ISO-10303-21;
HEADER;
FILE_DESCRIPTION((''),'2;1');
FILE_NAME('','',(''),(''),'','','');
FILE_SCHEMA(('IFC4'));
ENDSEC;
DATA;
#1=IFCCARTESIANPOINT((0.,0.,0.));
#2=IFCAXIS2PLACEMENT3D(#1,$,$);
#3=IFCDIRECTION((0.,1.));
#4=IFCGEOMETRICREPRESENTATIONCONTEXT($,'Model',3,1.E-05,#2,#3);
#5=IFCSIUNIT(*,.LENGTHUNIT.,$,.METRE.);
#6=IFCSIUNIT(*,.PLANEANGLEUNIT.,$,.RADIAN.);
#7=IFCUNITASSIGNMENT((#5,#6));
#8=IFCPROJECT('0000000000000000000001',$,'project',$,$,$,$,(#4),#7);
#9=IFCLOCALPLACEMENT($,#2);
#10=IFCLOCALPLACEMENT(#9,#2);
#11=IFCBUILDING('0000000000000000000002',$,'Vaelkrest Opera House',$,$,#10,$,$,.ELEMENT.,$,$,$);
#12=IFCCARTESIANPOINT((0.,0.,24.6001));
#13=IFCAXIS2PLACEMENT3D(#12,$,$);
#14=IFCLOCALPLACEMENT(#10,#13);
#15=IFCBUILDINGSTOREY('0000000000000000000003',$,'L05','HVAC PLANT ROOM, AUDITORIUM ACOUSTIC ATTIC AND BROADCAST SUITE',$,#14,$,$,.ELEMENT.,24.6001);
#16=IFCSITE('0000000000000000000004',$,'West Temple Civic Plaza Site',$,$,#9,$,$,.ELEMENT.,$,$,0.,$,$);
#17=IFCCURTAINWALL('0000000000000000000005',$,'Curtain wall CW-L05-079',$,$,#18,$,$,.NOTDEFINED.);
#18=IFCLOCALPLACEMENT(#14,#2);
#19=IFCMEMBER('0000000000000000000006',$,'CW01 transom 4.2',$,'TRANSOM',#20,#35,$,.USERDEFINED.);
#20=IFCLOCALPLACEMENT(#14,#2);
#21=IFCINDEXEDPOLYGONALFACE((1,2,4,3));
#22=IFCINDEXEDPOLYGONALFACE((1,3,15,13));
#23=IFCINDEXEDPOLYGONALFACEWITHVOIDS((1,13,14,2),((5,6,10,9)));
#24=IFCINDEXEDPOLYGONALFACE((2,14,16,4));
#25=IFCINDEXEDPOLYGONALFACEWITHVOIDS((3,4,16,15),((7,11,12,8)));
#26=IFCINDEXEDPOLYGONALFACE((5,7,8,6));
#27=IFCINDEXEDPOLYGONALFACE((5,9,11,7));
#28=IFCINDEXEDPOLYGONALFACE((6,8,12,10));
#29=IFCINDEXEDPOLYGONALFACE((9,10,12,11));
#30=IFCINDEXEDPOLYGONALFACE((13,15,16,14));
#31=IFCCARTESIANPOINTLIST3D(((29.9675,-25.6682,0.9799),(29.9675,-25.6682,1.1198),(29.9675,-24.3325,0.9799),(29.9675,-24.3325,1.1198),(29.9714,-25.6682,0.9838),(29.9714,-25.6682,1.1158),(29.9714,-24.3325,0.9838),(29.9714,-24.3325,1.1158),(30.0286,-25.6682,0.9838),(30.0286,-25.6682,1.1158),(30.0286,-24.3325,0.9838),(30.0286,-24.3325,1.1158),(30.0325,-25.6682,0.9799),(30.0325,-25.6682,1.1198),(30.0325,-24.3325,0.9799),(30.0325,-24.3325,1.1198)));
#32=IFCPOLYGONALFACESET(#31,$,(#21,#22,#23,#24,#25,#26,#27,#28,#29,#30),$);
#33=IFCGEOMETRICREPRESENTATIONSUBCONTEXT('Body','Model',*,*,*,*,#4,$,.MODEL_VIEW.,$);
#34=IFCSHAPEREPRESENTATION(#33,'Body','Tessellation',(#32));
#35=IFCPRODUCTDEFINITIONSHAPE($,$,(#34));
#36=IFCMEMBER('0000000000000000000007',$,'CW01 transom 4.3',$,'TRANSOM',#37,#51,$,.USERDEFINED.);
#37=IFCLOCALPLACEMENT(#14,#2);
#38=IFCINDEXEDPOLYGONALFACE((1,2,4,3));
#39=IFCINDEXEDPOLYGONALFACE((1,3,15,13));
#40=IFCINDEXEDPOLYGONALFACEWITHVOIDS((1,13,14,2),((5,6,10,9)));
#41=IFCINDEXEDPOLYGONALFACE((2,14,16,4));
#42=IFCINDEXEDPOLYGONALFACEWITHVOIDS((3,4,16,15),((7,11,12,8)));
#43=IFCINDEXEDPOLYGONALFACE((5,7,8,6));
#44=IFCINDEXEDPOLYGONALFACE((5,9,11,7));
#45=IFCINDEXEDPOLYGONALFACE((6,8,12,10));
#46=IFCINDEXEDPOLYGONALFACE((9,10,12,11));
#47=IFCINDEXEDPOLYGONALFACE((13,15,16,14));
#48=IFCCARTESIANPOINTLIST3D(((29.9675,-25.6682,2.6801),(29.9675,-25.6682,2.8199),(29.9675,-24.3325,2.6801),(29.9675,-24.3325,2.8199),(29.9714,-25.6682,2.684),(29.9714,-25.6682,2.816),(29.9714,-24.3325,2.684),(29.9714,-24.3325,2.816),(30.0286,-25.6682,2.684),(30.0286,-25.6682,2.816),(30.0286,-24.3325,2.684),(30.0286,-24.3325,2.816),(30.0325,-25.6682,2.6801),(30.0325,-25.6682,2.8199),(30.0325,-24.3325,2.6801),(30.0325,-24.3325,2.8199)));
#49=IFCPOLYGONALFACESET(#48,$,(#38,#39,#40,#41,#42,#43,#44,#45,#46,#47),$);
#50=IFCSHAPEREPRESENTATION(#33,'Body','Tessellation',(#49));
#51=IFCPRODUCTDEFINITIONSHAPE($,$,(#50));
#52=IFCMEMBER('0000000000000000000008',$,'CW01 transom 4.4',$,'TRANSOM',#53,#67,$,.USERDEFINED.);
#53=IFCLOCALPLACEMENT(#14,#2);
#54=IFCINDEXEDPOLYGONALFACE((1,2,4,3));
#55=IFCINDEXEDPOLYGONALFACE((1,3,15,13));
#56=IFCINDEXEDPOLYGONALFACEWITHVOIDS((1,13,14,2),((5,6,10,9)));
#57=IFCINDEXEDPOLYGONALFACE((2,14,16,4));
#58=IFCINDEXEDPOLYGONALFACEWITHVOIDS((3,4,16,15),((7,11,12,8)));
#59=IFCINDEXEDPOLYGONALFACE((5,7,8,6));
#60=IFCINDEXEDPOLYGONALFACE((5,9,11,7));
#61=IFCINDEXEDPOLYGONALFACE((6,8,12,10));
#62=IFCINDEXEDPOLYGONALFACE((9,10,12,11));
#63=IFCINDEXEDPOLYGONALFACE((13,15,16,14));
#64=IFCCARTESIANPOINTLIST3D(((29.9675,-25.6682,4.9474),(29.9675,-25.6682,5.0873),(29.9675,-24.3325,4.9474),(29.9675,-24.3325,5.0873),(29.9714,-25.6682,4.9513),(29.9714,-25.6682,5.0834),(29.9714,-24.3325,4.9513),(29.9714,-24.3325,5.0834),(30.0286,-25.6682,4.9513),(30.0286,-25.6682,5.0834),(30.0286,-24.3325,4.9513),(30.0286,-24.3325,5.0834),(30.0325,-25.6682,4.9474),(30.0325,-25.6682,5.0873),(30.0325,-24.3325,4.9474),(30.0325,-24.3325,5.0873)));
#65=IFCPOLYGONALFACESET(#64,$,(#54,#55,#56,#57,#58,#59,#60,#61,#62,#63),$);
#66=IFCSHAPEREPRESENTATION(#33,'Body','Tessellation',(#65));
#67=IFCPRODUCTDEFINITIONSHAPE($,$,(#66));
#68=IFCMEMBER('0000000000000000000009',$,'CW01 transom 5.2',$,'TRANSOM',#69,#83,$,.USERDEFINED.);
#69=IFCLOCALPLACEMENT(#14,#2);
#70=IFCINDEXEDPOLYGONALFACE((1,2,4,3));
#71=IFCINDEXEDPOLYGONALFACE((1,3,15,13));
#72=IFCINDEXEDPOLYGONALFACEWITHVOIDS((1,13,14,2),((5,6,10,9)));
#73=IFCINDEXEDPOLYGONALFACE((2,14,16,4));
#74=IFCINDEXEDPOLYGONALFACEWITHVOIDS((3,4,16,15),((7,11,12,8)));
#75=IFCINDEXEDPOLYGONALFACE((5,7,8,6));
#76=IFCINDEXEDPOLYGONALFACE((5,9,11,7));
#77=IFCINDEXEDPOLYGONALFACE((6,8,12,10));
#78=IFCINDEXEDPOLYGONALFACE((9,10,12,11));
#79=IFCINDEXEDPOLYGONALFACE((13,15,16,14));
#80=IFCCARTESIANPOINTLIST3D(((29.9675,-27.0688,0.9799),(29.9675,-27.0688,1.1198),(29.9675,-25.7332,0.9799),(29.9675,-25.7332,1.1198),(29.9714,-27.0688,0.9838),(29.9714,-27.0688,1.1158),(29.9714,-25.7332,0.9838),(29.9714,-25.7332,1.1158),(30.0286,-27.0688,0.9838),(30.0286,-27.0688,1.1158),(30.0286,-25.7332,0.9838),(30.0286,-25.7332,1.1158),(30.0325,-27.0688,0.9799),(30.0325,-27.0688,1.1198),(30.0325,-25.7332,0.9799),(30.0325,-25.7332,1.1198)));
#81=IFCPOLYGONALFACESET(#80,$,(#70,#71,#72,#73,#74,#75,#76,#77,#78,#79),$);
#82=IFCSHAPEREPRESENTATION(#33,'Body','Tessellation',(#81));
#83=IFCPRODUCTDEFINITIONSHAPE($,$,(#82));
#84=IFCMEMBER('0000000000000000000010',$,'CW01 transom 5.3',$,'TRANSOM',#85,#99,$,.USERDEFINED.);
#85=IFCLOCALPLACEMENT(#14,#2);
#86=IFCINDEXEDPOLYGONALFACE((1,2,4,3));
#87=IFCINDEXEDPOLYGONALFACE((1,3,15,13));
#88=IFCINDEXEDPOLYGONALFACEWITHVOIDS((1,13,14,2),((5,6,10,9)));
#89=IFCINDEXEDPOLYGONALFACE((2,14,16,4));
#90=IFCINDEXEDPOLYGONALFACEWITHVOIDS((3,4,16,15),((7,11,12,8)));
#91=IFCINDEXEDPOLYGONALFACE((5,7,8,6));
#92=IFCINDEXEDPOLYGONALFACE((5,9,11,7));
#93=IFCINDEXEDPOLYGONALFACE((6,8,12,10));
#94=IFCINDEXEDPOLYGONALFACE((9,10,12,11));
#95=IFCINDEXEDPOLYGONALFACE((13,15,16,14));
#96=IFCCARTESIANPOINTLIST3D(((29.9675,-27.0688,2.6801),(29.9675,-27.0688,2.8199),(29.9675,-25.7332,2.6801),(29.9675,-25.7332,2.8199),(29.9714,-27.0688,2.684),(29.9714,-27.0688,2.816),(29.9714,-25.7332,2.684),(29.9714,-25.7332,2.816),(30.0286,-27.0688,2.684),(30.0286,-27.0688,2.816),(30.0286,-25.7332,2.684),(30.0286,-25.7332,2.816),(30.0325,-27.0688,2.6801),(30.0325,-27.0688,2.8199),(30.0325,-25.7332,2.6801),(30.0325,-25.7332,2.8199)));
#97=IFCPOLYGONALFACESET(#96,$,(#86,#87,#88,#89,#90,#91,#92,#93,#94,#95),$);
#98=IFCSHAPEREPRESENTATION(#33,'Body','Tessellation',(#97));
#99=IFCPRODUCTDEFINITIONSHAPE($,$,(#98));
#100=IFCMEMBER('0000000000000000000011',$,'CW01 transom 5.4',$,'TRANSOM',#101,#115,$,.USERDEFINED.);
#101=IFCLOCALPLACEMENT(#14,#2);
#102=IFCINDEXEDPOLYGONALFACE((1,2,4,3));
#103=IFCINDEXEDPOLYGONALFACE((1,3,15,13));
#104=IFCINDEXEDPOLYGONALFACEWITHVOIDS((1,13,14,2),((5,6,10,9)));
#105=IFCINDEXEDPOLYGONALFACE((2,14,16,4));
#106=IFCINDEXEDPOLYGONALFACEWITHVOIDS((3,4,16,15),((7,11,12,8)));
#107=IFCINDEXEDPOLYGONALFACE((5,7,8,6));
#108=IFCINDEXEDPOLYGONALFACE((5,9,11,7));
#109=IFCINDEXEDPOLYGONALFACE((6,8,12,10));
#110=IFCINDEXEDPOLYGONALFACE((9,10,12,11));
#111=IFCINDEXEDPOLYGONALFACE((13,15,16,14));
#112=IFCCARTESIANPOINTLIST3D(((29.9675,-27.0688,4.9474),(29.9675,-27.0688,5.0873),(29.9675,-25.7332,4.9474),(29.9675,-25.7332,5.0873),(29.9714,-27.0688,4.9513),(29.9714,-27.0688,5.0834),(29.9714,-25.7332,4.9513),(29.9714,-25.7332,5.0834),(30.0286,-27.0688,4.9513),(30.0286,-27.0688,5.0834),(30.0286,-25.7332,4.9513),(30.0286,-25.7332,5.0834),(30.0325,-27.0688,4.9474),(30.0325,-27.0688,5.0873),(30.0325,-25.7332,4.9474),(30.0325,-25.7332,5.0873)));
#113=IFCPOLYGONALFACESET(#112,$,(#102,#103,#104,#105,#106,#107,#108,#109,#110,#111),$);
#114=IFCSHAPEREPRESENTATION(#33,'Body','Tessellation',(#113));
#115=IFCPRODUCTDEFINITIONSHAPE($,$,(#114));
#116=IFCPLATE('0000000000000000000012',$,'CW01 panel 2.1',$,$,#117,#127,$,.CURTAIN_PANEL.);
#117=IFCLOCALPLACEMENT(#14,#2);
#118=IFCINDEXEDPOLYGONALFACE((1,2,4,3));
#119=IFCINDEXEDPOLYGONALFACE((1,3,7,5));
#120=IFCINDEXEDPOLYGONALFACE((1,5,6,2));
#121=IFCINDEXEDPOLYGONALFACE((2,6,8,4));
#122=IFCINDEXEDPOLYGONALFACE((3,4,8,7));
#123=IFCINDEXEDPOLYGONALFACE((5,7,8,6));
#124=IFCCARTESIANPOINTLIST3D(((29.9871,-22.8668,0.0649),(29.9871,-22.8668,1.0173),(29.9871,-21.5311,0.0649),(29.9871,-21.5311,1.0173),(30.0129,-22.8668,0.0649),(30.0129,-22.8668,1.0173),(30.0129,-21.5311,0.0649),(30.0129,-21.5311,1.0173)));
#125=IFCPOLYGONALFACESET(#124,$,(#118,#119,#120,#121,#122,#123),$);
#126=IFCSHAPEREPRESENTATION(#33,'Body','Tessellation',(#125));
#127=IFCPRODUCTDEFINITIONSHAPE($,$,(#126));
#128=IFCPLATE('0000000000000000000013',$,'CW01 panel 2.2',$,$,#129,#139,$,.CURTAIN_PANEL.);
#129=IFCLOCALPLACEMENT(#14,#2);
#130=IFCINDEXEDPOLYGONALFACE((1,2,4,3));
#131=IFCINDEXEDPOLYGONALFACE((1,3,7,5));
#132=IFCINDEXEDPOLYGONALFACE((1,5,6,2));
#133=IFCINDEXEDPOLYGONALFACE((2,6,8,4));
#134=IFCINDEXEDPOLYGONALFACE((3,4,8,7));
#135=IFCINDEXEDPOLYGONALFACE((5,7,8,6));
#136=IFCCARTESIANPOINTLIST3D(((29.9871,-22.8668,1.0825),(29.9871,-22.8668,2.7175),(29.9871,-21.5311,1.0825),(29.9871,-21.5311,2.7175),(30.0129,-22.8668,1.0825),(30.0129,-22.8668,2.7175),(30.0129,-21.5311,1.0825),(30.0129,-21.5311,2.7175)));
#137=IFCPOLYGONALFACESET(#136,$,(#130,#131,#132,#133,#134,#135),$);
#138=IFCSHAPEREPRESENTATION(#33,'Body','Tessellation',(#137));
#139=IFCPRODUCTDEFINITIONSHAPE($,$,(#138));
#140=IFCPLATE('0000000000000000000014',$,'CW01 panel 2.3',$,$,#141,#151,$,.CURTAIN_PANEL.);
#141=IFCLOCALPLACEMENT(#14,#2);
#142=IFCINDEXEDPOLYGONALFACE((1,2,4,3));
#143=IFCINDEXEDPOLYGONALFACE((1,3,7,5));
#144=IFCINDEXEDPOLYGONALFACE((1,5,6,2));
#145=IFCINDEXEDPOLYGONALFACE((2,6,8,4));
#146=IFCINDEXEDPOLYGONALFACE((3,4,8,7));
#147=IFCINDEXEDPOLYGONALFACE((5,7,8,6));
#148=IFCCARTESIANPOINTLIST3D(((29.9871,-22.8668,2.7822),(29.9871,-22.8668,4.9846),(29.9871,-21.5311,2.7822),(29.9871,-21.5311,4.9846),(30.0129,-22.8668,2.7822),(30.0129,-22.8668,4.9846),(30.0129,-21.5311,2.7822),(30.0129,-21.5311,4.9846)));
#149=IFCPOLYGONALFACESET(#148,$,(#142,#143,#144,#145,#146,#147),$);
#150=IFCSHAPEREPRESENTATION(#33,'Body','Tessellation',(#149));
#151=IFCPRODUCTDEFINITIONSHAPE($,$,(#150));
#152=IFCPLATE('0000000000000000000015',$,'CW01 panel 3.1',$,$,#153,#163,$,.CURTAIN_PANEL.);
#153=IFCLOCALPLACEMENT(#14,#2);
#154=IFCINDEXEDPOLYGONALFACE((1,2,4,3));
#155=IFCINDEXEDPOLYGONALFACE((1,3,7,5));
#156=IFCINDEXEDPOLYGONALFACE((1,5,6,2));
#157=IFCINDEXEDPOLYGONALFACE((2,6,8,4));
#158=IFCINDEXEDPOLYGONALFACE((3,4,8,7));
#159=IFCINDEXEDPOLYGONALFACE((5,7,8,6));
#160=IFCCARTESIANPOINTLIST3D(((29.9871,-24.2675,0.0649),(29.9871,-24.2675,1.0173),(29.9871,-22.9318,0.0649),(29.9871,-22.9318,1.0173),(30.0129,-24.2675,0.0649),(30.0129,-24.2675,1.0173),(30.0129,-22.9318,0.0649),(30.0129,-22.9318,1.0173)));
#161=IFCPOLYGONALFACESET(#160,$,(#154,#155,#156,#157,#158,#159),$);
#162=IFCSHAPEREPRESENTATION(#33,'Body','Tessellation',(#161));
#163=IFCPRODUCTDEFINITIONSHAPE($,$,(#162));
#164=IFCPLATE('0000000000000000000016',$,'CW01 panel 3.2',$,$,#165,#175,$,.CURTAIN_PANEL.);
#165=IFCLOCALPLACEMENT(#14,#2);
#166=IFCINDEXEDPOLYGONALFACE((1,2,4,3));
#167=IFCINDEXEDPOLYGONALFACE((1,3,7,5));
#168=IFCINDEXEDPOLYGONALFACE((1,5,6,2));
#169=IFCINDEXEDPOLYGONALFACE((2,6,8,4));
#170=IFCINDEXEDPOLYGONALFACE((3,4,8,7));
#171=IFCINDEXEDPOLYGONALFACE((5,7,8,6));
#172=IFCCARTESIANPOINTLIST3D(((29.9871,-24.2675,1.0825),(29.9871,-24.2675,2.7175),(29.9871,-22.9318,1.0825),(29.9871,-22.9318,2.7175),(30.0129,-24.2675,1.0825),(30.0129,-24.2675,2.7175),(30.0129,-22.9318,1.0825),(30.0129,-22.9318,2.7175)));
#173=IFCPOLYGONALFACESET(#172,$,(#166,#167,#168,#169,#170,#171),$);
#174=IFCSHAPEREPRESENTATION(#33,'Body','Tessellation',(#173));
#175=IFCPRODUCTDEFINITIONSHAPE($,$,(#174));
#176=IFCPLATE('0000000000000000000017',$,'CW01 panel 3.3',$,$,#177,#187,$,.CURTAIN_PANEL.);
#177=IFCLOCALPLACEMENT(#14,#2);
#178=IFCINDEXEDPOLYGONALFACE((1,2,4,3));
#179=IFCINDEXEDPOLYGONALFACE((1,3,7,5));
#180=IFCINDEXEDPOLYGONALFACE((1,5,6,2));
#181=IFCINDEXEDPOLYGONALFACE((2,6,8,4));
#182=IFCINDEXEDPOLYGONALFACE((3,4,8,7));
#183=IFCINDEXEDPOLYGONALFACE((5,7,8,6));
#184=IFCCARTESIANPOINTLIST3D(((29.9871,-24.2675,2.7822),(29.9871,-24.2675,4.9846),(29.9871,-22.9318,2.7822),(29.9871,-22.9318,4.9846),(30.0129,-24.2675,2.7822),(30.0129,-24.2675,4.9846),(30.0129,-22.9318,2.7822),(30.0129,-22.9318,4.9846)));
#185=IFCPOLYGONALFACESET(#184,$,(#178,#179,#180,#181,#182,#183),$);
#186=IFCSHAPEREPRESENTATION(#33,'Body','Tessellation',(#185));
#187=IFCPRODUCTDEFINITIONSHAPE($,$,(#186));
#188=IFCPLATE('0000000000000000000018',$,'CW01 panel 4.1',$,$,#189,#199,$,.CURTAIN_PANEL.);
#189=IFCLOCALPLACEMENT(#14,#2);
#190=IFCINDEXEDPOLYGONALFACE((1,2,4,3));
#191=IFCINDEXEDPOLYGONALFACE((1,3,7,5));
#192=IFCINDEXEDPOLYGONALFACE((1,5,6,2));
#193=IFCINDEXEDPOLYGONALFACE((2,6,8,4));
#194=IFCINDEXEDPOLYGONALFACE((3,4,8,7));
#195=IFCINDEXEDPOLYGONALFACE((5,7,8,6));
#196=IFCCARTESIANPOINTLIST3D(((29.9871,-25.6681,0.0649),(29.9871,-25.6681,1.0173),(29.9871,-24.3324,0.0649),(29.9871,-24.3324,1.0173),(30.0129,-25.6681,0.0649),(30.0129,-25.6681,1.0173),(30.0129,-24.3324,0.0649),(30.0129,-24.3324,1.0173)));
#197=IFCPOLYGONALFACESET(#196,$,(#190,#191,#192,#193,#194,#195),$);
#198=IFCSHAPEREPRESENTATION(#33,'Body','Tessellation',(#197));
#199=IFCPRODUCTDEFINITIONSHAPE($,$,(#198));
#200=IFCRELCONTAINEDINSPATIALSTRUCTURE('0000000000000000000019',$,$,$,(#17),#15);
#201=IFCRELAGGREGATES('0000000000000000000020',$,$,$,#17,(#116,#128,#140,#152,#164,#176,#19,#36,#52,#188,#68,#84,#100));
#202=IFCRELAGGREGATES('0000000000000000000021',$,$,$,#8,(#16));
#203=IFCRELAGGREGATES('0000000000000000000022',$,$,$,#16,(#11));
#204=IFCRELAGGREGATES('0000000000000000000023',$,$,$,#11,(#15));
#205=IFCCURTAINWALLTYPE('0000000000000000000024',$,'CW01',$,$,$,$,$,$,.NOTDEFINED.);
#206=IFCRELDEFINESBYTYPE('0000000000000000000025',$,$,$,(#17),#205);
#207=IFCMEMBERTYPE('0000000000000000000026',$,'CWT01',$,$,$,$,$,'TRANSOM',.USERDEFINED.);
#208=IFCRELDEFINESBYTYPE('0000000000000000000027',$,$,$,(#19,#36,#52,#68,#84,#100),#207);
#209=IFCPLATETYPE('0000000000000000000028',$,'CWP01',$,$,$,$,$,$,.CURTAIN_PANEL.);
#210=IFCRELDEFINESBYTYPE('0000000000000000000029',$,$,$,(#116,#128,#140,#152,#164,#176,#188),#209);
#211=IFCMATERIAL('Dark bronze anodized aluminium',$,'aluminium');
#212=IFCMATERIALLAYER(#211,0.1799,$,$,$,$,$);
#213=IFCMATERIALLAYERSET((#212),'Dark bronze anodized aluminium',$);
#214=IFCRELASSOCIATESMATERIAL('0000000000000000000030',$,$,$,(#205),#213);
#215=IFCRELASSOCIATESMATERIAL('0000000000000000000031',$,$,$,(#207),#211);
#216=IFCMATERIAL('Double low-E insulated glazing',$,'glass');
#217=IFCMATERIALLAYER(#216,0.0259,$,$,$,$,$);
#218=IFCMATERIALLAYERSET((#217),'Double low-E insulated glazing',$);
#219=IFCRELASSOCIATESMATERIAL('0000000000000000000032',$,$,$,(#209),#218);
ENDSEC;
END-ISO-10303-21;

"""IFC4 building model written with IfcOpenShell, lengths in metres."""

from ifc_helpers import new_model, si_unit, direction, frame, origin, origin_2d, place, context, subcontext, project, spatial, rectangle, hollow_rectangle, extrude, material, layer, layer_set, material_profile, profile_set, type_object, element, aggregate, save


model = new_model("IFC4")

# Units and contexts
model_context = context("Model", 3, precision=1e-05, world=origin(), true_north=direction((0.0, 1.0)))
body_context = subcontext(model_context, "Body", "Model", "MODEL_VIEW")
ifc_project = project(units=[si_unit("LENGTHUNIT", "METRE"), si_unit("PLANEANGLEUNIT", "RADIAN")], contexts=[model_context])

# Site, building, storey
site_placement = place(None, origin())
site = spatial("IfcSite", under=ifc_project, at=site_placement, Name="West Temple Civic Plaza Site", CompositionType="ELEMENT", RefElevation=0.0)
building_placement = place(site_placement, origin())
building = spatial("IfcBuilding", under=site, at=building_placement, Name="Vaelkrest Opera House", CompositionType="ELEMENT")
storey_placement = place(building_placement, frame((0.0, 0.0, 24.6001)))
storey = spatial("IfcBuildingStorey", under=building, at=storey_placement, Name="L05", Description="HVAC PLANT ROOM, AUDITORIUM ACOUSTIC ATTIC AND BROADCAST SUITE", CompositionType="ELEMENT", Elevation=24.6001)

# Curtain wall, members, plates
ifc_material_1 = material(Name="Dark bronze anodized aluminium", Category="aluminium")
ifc_layer_1 = layer(ifc_material_1, 0.1799)
ifc_layer_set_1 = layer_set([ifc_layer_1], Name="Dark bronze anodized aluminium")
curtain_wall_type = type_object("IfcCurtainWallType", Name="CW01", PredefinedType="NOTDEFINED", material=ifc_layer_set_1)
curtain_wall_placement = place(storey_placement, origin())
curtain_wall = element("IfcCurtainWall", 1, at=curtain_wall_placement, inside=storey, type_object=curtain_wall_type, Name="Curtain wall CW-L05-079", PredefinedType="NOTDEFINED")
ifc_material_profile_1 = material_profile(ifc_material_1, hollow_rectangle(XDim=0.0649, YDim=0.1399, WallThickness=0.0039, at=origin_2d()), Name="CWT65X140")
ifc_profile_set_1 = profile_set([ifc_material_profile_1], Name="Dark bronze anodized aluminium")
member_type_1 = type_object("IfcMemberType", Name="CWT01", ElementType="TRANSOM", PredefinedType="USERDEFINED", material=ifc_profile_set_1)
member_1_placement = place(storey_placement, frame((30.0, -24.3325, 1.0498), z_axis=(0.0, -1.0, 0.0), x_axis=(1.0, 0.0, 0.0)))
member_1 = element("IfcMember", 2, at=member_1_placement, type_object=member_type_1, Name="CW01 transom 4.2", ObjectType="TRANSOM", PredefinedType="USERDEFINED", context=body_context, shape_type="SweptSolid", body=[
    extrude(hollow_rectangle(XDim=0.0649, YDim=0.1399, WallThickness=0.0039, at=origin_2d()), origin(), (0.0, 0.0, 1.0), 1.3357),
])
member_2_placement = place(storey_placement, frame((30.0, -24.3325, 2.75), z_axis=(0.0, -1.0, 0.0), x_axis=(1.0, 0.0, 0.0)))
member_2 = element("IfcMember", 3, at=member_2_placement, type_object=member_type_1, Name="CW01 transom 4.3", ObjectType="TRANSOM", PredefinedType="USERDEFINED", context=body_context, shape_type="SweptSolid", body=[
    extrude(hollow_rectangle(XDim=0.0649, YDim=0.1399, WallThickness=0.0039, at=origin_2d()), origin(), (0.0, 0.0, 1.0), 1.3357),
])
member_3_placement = place(storey_placement, frame((30.0, -24.3325, 5.0173), z_axis=(0.0, -1.0, 0.0), x_axis=(1.0, 0.0, 0.0)))
member_3 = element("IfcMember", 4, at=member_3_placement, type_object=member_type_1, Name="CW01 transom 4.4", ObjectType="TRANSOM", PredefinedType="USERDEFINED", context=body_context, shape_type="SweptSolid", body=[
    extrude(hollow_rectangle(XDim=0.0649, YDim=0.1399, WallThickness=0.0039, at=origin_2d()), origin(), (0.0, 0.0, 1.0), 1.3357),
])
member_4_placement = place(storey_placement, frame((30.0, -25.7332, 1.0498), z_axis=(0.0, -1.0, 0.0), x_axis=(1.0, 0.0, 0.0)))
member_4 = element("IfcMember", 5, at=member_4_placement, type_object=member_type_1, Name="CW01 transom 5.2", ObjectType="TRANSOM", PredefinedType="USERDEFINED", context=body_context, shape_type="SweptSolid", body=[
    extrude(hollow_rectangle(XDim=0.0649, YDim=0.1399, WallThickness=0.0039, at=origin_2d()), origin(), (0.0, 0.0, 1.0), 1.3357),
])
member_5_placement = place(storey_placement, frame((30.0, -25.7332, 2.75), z_axis=(0.0, -1.0, 0.0), x_axis=(1.0, 0.0, 0.0)))
member_5 = element("IfcMember", 6, at=member_5_placement, type_object=member_type_1, Name="CW01 transom 5.3", ObjectType="TRANSOM", PredefinedType="USERDEFINED", context=body_context, shape_type="SweptSolid", body=[
    extrude(hollow_rectangle(XDim=0.0649, YDim=0.1399, WallThickness=0.0039, at=origin_2d()), origin(), (0.0, 0.0, 1.0), 1.3357),
])
member_6_placement = place(storey_placement, frame((30.0, -25.7332, 5.0173), z_axis=(0.0, -1.0, 0.0), x_axis=(1.0, 0.0, 0.0)))
member_6 = element("IfcMember", 7, at=member_6_placement, type_object=member_type_1, Name="CW01 transom 5.4", ObjectType="TRANSOM", PredefinedType="USERDEFINED", context=body_context, shape_type="SweptSolid", body=[
    extrude(hollow_rectangle(XDim=0.0649, YDim=0.1399, WallThickness=0.0039, at=origin_2d()), origin(), (0.0, 0.0, 1.0), 1.3357),
])
ifc_material_2 = material(Name="Double low-E insulated glazing", Category="glass")
ifc_layer_2 = layer(ifc_material_2, 0.0259)
ifc_layer_set_2 = layer_set([ifc_layer_2], Name="Double low-E insulated glazing")
plate_type = type_object("IfcPlateType", Name="CWP01", PredefinedType="CURTAIN_PANEL", material=ifc_layer_set_2)
plate_1_placement = place(storey_placement, frame((30.0, -22.199, 0.0649), z_axis=(0.0, 0.0, 1.0), x_axis=(0.0, -1.0, 0.0)))
plate_1 = element("IfcPlate", 8, at=plate_1_placement, type_object=plate_type, Name="CW01 panel 2.1", PredefinedType="CURTAIN_PANEL", context=body_context, shape_type="SweptSolid", body=[
    extrude(rectangle(XDim=1.3357, YDim=0.0259, at=origin_2d()), origin(), (0.0, 0.0, 1.0), 0.9524),
])
plate_2_placement = place(storey_placement, frame((30.0, -22.199, 1.0825), z_axis=(0.0, 0.0, 1.0), x_axis=(0.0, -1.0, 0.0)))
plate_2 = element("IfcPlate", 9, at=plate_2_placement, type_object=plate_type, Name="CW01 panel 2.2", PredefinedType="CURTAIN_PANEL", context=body_context, shape_type="SweptSolid", body=[
    extrude(rectangle(XDim=1.3357, YDim=0.0259, at=origin_2d()), origin(), (0.0, 0.0, 1.0), 1.635),
])
plate_3_placement = place(storey_placement, frame((30.0, -22.199, 2.7822), z_axis=(0.0, 0.0, 1.0), x_axis=(0.0, -1.0, 0.0)))
plate_3 = element("IfcPlate", 10, at=plate_3_placement, type_object=plate_type, Name="CW01 panel 2.3", PredefinedType="CURTAIN_PANEL", context=body_context, shape_type="SweptSolid", body=[
    extrude(rectangle(XDim=1.3357, YDim=0.0259, at=origin_2d()), origin(), (0.0, 0.0, 1.0), 2.2024),
])
plate_4_placement = place(storey_placement, frame((30.0, -23.5996, 0.0649), z_axis=(0.0, 0.0, 1.0), x_axis=(0.0, -1.0, 0.0)))
plate_4 = element("IfcPlate", 11, at=plate_4_placement, type_object=plate_type, Name="CW01 panel 3.1", PredefinedType="CURTAIN_PANEL", context=body_context, shape_type="SweptSolid", body=[
    extrude(rectangle(XDim=1.3357, YDim=0.0259, at=origin_2d()), origin(), (0.0, 0.0, 1.0), 0.9524),
])
plate_5_placement = place(storey_placement, frame((30.0, -23.5996, 1.0825), z_axis=(0.0, 0.0, 1.0), x_axis=(0.0, -1.0, 0.0)))
plate_5 = element("IfcPlate", 12, at=plate_5_placement, type_object=plate_type, Name="CW01 panel 3.2", PredefinedType="CURTAIN_PANEL", context=body_context, shape_type="SweptSolid", body=[
    extrude(rectangle(XDim=1.3357, YDim=0.0259, at=origin_2d()), origin(), (0.0, 0.0, 1.0), 1.635),
])
plate_6_placement = place(storey_placement, frame((30.0, -23.5996, 2.7822), z_axis=(0.0, 0.0, 1.0), x_axis=(0.0, -1.0, 0.0)))
plate_6 = element("IfcPlate", 13, at=plate_6_placement, type_object=plate_type, Name="CW01 panel 3.3", PredefinedType="CURTAIN_PANEL", context=body_context, shape_type="SweptSolid", body=[
    extrude(rectangle(XDim=1.3357, YDim=0.0259, at=origin_2d()), origin(), (0.0, 0.0, 1.0), 2.2024),
])
plate_7_placement = place(storey_placement, frame((30.0, -25.0002, 0.0649), z_axis=(0.0, 0.0, 1.0), x_axis=(0.0, -1.0, 0.0)))
plate_7 = element("IfcPlate", 14, at=plate_7_placement, type_object=plate_type, Name="CW01 panel 4.1", PredefinedType="CURTAIN_PANEL", context=body_context, shape_type="SweptSolid", body=[
    extrude(rectangle(XDim=1.3357, YDim=0.0259, at=origin_2d()), origin(), (0.0, 0.0, 1.0), 0.9524),
])
aggregate(curtain_wall, [plate_1, plate_2, plate_3, plate_4, plate_5, plate_6, member_1, member_2, member_3, plate_7, member_4, member_5, member_6])

save(model, "model.ifc")
